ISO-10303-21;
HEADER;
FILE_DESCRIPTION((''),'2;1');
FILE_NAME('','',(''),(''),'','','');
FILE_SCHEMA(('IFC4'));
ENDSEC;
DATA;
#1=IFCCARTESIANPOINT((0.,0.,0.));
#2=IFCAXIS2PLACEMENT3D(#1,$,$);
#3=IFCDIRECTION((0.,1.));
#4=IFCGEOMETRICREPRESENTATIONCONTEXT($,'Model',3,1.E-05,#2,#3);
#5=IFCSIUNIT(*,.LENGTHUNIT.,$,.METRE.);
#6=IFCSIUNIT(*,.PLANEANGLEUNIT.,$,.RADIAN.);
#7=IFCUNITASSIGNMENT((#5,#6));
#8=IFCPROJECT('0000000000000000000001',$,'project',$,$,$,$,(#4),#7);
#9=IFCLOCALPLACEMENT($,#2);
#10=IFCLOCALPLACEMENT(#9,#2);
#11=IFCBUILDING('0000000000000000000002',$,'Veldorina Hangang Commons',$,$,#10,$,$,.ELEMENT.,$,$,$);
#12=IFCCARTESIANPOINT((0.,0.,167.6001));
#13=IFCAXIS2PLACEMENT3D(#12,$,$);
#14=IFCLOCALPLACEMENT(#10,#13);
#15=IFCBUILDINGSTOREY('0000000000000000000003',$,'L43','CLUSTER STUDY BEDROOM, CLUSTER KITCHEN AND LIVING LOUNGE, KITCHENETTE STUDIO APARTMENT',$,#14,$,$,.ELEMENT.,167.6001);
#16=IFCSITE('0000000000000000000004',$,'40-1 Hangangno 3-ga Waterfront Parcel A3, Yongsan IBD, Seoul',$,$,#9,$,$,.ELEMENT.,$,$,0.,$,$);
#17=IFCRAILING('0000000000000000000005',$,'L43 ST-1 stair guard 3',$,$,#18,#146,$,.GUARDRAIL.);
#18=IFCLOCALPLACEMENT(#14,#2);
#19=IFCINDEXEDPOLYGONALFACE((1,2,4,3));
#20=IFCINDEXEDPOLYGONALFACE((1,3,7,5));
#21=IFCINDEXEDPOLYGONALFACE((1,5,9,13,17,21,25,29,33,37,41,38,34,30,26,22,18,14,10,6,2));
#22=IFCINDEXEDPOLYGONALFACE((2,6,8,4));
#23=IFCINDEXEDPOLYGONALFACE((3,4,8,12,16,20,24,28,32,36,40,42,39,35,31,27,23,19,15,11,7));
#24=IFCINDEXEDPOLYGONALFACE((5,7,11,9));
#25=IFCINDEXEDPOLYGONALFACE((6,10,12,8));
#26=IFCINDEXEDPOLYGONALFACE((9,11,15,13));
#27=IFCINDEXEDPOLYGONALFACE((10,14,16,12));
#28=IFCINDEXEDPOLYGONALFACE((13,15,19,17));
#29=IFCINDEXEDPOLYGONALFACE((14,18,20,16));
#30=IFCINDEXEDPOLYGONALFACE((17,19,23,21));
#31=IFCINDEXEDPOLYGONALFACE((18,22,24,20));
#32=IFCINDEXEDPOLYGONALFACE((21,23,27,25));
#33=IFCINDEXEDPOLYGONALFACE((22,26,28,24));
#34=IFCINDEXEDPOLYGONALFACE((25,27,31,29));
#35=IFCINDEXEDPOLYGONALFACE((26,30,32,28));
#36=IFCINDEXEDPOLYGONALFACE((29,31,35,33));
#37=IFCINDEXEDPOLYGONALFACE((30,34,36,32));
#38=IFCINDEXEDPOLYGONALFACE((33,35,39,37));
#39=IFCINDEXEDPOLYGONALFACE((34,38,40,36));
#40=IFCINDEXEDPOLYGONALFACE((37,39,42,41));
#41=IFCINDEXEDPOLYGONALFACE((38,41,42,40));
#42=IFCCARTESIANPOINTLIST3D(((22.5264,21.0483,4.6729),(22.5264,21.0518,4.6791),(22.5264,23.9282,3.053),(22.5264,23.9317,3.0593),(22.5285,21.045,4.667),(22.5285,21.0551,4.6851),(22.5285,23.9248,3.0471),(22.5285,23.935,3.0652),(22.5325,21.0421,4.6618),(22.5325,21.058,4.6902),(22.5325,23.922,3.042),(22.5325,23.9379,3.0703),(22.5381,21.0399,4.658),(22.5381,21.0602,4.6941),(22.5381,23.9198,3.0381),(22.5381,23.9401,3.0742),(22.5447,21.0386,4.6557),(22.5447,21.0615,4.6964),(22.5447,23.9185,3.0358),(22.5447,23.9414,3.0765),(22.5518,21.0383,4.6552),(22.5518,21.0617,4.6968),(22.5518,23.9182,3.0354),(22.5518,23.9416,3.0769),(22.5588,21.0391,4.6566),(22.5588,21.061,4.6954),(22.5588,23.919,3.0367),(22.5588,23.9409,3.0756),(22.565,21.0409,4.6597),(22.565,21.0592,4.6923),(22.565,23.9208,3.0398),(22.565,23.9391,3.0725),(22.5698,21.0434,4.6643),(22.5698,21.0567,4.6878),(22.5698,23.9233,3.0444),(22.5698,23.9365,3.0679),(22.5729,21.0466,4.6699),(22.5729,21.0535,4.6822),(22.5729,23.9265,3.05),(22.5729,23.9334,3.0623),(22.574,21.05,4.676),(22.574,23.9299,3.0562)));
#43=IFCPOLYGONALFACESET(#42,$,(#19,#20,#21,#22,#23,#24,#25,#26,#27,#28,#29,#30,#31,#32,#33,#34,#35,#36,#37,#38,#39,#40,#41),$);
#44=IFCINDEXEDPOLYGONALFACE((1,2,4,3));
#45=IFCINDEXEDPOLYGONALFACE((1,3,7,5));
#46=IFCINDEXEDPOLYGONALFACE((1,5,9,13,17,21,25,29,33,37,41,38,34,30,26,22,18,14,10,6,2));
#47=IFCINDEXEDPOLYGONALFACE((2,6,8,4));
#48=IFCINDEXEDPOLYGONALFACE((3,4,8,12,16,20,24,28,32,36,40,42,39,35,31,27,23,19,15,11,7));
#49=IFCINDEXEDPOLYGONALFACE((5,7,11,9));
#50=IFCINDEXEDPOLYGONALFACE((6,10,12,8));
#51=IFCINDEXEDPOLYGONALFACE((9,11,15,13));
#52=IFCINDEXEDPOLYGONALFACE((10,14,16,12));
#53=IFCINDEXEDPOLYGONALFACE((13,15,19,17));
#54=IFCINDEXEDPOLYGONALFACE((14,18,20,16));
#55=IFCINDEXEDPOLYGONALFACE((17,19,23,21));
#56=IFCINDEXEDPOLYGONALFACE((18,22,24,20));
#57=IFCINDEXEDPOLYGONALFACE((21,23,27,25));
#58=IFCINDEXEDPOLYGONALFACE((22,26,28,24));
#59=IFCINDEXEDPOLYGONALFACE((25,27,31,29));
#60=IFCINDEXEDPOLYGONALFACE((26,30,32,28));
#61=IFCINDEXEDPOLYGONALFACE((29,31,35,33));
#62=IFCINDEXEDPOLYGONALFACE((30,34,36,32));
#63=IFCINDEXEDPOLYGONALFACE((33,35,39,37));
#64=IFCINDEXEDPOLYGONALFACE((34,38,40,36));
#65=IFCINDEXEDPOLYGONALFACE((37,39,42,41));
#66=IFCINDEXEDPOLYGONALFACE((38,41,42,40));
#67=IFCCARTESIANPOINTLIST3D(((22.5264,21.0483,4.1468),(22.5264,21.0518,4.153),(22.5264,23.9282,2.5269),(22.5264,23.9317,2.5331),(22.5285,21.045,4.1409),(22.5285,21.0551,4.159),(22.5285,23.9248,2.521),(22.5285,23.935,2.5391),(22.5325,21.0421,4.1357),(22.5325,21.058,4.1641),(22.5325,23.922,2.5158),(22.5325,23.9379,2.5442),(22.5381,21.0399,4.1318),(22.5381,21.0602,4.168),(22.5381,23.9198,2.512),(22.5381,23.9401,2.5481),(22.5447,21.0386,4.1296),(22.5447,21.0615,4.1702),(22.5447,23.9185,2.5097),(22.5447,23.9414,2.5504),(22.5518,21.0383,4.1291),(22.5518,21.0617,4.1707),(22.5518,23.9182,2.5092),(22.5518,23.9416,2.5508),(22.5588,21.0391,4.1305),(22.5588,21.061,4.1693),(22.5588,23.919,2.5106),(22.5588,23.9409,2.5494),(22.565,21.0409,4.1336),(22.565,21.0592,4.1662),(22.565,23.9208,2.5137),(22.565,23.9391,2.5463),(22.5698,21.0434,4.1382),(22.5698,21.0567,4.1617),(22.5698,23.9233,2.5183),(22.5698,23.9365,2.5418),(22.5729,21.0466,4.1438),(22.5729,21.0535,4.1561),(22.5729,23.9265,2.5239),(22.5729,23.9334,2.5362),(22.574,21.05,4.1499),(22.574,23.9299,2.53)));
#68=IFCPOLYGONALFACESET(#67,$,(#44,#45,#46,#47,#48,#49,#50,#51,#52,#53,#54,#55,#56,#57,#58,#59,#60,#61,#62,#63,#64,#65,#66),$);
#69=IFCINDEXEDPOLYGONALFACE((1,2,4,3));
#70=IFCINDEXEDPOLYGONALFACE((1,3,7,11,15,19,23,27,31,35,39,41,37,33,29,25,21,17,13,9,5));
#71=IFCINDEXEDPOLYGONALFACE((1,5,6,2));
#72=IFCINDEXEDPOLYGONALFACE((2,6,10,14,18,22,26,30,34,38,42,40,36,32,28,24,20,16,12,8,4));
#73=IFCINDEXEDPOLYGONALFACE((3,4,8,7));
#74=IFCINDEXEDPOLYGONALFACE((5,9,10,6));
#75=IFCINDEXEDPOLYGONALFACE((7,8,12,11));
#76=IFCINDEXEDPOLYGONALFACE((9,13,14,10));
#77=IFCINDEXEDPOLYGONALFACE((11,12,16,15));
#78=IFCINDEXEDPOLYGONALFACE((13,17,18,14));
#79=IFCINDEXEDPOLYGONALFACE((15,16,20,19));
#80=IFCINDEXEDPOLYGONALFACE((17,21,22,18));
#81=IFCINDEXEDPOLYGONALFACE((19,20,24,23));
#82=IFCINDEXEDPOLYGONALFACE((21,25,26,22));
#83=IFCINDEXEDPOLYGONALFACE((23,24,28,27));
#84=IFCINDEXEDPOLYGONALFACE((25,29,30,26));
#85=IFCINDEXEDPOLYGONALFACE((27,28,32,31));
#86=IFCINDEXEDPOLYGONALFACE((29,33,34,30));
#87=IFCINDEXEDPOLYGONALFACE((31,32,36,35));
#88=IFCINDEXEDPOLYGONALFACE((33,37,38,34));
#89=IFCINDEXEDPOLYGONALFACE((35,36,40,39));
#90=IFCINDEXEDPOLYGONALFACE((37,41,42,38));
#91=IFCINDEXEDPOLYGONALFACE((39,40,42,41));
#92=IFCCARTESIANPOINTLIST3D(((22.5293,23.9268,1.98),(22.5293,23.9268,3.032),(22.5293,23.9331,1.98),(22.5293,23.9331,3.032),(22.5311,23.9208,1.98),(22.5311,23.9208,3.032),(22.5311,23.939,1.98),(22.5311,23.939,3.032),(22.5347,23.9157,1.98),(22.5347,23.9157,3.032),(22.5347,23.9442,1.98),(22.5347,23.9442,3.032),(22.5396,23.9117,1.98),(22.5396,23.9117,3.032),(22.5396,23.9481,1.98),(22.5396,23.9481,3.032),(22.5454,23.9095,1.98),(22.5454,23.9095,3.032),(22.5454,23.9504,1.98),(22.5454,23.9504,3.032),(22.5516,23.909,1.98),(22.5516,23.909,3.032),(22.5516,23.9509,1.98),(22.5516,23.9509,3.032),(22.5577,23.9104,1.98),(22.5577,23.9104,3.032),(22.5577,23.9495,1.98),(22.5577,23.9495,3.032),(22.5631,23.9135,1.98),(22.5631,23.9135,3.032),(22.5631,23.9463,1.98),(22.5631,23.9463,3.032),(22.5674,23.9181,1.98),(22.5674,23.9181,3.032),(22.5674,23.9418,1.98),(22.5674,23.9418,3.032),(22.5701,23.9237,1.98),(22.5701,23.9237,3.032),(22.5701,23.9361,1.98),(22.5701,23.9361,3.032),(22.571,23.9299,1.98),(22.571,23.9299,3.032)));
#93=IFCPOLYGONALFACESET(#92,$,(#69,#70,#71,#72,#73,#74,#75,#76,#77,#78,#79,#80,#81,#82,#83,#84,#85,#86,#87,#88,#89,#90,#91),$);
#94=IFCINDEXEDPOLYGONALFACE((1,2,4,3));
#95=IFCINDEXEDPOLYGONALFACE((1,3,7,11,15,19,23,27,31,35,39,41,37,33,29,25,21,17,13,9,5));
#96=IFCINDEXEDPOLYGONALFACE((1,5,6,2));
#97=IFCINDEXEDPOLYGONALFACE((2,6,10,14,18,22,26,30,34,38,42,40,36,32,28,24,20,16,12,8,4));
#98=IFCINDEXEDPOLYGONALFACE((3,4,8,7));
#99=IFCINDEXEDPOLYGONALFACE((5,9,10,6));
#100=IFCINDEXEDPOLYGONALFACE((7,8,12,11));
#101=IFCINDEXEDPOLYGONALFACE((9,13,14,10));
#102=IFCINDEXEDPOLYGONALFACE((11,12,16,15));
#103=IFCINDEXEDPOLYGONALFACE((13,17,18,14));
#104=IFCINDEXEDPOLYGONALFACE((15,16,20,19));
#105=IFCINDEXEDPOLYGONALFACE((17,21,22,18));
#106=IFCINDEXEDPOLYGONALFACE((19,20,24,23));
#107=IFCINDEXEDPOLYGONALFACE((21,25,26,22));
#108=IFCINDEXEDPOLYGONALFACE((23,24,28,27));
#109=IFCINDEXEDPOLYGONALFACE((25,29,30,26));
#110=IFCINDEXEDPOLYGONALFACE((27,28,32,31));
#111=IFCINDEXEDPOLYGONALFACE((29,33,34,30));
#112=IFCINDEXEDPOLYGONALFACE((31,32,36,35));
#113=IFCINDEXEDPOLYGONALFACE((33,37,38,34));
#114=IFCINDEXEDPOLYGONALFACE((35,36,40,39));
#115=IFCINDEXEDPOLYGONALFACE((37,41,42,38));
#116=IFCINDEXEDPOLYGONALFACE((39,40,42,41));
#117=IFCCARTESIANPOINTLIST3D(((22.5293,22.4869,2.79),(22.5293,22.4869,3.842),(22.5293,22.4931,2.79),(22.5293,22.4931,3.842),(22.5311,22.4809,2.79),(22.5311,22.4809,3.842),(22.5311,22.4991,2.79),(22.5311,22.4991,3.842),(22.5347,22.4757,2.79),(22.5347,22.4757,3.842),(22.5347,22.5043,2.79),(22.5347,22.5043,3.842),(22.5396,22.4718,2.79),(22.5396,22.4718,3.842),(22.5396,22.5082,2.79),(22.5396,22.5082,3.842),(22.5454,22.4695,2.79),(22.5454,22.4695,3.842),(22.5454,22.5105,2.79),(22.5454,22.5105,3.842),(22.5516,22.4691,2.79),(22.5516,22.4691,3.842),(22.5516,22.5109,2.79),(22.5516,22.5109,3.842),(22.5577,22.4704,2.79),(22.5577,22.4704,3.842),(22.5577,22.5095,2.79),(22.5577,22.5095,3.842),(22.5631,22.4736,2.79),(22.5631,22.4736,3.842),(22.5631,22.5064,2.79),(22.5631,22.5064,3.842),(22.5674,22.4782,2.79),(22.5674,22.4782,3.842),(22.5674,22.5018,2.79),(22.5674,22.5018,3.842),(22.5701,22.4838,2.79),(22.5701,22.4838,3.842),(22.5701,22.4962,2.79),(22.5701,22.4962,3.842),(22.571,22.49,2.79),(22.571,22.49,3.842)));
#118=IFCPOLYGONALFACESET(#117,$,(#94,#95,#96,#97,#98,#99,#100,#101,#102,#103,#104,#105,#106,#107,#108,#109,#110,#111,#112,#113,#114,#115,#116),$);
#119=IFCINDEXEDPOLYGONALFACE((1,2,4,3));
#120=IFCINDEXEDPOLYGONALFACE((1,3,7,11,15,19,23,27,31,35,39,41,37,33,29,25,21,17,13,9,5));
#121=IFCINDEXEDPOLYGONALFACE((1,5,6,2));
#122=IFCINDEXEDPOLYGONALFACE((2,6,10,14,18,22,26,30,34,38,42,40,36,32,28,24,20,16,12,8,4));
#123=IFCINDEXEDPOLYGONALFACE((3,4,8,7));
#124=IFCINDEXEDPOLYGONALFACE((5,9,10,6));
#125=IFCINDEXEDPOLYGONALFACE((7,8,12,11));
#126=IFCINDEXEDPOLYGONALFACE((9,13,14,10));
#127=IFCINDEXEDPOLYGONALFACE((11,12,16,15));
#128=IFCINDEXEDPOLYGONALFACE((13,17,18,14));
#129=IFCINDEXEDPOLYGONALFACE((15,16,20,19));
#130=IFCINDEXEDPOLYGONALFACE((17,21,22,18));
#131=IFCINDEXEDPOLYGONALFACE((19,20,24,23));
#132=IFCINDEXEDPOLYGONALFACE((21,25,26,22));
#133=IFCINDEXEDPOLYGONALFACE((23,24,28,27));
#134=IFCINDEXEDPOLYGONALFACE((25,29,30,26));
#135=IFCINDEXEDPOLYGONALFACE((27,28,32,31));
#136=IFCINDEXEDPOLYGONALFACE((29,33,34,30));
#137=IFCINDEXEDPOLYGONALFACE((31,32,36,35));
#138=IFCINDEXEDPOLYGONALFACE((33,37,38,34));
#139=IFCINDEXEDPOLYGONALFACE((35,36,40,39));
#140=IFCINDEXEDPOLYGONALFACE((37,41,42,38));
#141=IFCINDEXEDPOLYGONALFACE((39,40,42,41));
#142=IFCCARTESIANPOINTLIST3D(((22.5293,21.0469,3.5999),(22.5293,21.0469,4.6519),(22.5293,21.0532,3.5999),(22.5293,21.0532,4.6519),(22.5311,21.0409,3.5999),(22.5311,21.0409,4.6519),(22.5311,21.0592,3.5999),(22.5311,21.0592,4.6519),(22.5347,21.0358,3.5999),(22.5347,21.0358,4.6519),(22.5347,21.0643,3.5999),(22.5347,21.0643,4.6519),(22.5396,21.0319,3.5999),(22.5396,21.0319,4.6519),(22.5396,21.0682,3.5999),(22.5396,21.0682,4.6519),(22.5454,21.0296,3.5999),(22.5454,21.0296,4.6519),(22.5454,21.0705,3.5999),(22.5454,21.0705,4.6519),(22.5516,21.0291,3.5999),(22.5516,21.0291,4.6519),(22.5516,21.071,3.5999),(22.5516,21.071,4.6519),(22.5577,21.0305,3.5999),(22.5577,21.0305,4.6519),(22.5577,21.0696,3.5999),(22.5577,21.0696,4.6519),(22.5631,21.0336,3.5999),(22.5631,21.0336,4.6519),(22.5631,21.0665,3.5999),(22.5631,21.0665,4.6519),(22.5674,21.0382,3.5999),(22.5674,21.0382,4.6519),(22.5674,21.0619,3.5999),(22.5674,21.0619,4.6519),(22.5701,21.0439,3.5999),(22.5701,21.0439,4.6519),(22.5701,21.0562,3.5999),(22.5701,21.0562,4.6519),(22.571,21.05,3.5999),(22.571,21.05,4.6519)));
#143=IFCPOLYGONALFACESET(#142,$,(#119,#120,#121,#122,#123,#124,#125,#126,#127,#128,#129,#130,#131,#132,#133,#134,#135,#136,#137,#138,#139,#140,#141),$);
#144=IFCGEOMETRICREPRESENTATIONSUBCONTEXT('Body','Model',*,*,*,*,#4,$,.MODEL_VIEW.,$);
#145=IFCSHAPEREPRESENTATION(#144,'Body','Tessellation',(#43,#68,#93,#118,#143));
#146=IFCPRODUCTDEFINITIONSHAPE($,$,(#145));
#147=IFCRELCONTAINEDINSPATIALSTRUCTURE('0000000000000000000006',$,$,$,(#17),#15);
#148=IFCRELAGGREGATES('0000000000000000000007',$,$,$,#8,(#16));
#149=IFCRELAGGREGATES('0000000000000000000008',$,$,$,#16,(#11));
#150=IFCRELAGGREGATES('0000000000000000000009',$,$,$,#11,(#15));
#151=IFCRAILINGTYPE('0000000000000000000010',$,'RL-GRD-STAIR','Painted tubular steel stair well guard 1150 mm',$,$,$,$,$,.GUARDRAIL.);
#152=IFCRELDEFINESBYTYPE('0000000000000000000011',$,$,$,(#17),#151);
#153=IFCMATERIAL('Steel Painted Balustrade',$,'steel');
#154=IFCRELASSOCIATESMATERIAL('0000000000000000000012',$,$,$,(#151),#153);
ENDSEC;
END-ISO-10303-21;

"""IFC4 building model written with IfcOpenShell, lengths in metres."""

from ifc_helpers import new_model, si_unit, direction, frame, origin, origin_2d, place, context, subcontext, project, spatial, circle, extrude, material, type_object, element, save


model = new_model("IFC4")

# Units and contexts
model_context = context("Model", 3, precision=1e-05, world=origin(), true_north=direction((0.0, 1.0)))
body_context = subcontext(model_context, "Body", "Model", "MODEL_VIEW")
ifc_project = project(units=[si_unit("LENGTHUNIT", "METRE"), si_unit("PLANEANGLEUNIT", "RADIAN")], contexts=[model_context])

# Site, building, storey
site_placement = place(None, origin())
site = spatial("IfcSite", under=ifc_project, at=site_placement, Name="40-1 Hangangno 3-ga Waterfront Parcel A3, Yongsan IBD, Seoul", CompositionType="ELEMENT", RefElevation=0.0)
building_placement = place(site_placement, origin())
building = spatial("IfcBuilding", under=site, at=building_placement, Name="Veldorina Hangang Commons", CompositionType="ELEMENT")
storey_placement = place(building_placement, frame((0.0, 0.0, 167.6001)))
storey = spatial("IfcBuildingStorey", under=building, at=storey_placement, Name="L43", Description="CLUSTER STUDY BEDROOM, CLUSTER KITCHEN AND LIVING LOUNGE, KITCHENETTE STUDIO APARTMENT", CompositionType="ELEMENT", Elevation=167.6001)

# Railing
ifc_material_1 = material(Name="Steel Painted Balustrade", Category="steel")
railing_type = type_object("IfcRailingType", Name="RL-GRD-STAIR", Description="Painted tubular steel stair well guard 1150 mm", PredefinedType="GUARDRAIL", material=ifc_material_1)
railing_1_placement = place(storey_placement, frame((22.55, 23.9299, 1.98)))
element("IfcRailing", 1, at=railing_1_placement, inside=storey, type_object=railing_type, Name="L43 ST-1 stair guard 3", PredefinedType="GUARDRAIL", context=body_context, shape_type="SweptSolid", body=[
    extrude(circle(Radius=0.0239, at=origin_2d()), frame((0.0, 0.0, 1.0762), z_axis=(0.0, -0.871583, 0.490247), x_axis=(1.0, 0.0, 0.0)), (0.0, 0.0, 1.0), 3.3042),
    extrude(circle(Radius=0.0239, at=origin_2d()), frame((0.0, 0.0, 0.55), z_axis=(0.0, -0.871583, 0.490247), x_axis=(1.0, 0.0, 0.0)), (0.0, 0.0, 1.0), 3.3042),
    extrude(circle(Radius=0.021, at=origin_2d()), origin(), (0.0, 0.0, 1.0), 1.052),
    extrude(circle(Radius=0.021, at=origin_2d()), frame((0.0, -1.4399, 0.8101)), (0.0, 0.0, 1.0), 1.052),
    extrude(circle(Radius=0.021, at=origin_2d()), frame((0.0, -2.8799, 1.6199)), (0.0, 0.0, 1.0), 1.052),
])

save(model, "model.ifc")
